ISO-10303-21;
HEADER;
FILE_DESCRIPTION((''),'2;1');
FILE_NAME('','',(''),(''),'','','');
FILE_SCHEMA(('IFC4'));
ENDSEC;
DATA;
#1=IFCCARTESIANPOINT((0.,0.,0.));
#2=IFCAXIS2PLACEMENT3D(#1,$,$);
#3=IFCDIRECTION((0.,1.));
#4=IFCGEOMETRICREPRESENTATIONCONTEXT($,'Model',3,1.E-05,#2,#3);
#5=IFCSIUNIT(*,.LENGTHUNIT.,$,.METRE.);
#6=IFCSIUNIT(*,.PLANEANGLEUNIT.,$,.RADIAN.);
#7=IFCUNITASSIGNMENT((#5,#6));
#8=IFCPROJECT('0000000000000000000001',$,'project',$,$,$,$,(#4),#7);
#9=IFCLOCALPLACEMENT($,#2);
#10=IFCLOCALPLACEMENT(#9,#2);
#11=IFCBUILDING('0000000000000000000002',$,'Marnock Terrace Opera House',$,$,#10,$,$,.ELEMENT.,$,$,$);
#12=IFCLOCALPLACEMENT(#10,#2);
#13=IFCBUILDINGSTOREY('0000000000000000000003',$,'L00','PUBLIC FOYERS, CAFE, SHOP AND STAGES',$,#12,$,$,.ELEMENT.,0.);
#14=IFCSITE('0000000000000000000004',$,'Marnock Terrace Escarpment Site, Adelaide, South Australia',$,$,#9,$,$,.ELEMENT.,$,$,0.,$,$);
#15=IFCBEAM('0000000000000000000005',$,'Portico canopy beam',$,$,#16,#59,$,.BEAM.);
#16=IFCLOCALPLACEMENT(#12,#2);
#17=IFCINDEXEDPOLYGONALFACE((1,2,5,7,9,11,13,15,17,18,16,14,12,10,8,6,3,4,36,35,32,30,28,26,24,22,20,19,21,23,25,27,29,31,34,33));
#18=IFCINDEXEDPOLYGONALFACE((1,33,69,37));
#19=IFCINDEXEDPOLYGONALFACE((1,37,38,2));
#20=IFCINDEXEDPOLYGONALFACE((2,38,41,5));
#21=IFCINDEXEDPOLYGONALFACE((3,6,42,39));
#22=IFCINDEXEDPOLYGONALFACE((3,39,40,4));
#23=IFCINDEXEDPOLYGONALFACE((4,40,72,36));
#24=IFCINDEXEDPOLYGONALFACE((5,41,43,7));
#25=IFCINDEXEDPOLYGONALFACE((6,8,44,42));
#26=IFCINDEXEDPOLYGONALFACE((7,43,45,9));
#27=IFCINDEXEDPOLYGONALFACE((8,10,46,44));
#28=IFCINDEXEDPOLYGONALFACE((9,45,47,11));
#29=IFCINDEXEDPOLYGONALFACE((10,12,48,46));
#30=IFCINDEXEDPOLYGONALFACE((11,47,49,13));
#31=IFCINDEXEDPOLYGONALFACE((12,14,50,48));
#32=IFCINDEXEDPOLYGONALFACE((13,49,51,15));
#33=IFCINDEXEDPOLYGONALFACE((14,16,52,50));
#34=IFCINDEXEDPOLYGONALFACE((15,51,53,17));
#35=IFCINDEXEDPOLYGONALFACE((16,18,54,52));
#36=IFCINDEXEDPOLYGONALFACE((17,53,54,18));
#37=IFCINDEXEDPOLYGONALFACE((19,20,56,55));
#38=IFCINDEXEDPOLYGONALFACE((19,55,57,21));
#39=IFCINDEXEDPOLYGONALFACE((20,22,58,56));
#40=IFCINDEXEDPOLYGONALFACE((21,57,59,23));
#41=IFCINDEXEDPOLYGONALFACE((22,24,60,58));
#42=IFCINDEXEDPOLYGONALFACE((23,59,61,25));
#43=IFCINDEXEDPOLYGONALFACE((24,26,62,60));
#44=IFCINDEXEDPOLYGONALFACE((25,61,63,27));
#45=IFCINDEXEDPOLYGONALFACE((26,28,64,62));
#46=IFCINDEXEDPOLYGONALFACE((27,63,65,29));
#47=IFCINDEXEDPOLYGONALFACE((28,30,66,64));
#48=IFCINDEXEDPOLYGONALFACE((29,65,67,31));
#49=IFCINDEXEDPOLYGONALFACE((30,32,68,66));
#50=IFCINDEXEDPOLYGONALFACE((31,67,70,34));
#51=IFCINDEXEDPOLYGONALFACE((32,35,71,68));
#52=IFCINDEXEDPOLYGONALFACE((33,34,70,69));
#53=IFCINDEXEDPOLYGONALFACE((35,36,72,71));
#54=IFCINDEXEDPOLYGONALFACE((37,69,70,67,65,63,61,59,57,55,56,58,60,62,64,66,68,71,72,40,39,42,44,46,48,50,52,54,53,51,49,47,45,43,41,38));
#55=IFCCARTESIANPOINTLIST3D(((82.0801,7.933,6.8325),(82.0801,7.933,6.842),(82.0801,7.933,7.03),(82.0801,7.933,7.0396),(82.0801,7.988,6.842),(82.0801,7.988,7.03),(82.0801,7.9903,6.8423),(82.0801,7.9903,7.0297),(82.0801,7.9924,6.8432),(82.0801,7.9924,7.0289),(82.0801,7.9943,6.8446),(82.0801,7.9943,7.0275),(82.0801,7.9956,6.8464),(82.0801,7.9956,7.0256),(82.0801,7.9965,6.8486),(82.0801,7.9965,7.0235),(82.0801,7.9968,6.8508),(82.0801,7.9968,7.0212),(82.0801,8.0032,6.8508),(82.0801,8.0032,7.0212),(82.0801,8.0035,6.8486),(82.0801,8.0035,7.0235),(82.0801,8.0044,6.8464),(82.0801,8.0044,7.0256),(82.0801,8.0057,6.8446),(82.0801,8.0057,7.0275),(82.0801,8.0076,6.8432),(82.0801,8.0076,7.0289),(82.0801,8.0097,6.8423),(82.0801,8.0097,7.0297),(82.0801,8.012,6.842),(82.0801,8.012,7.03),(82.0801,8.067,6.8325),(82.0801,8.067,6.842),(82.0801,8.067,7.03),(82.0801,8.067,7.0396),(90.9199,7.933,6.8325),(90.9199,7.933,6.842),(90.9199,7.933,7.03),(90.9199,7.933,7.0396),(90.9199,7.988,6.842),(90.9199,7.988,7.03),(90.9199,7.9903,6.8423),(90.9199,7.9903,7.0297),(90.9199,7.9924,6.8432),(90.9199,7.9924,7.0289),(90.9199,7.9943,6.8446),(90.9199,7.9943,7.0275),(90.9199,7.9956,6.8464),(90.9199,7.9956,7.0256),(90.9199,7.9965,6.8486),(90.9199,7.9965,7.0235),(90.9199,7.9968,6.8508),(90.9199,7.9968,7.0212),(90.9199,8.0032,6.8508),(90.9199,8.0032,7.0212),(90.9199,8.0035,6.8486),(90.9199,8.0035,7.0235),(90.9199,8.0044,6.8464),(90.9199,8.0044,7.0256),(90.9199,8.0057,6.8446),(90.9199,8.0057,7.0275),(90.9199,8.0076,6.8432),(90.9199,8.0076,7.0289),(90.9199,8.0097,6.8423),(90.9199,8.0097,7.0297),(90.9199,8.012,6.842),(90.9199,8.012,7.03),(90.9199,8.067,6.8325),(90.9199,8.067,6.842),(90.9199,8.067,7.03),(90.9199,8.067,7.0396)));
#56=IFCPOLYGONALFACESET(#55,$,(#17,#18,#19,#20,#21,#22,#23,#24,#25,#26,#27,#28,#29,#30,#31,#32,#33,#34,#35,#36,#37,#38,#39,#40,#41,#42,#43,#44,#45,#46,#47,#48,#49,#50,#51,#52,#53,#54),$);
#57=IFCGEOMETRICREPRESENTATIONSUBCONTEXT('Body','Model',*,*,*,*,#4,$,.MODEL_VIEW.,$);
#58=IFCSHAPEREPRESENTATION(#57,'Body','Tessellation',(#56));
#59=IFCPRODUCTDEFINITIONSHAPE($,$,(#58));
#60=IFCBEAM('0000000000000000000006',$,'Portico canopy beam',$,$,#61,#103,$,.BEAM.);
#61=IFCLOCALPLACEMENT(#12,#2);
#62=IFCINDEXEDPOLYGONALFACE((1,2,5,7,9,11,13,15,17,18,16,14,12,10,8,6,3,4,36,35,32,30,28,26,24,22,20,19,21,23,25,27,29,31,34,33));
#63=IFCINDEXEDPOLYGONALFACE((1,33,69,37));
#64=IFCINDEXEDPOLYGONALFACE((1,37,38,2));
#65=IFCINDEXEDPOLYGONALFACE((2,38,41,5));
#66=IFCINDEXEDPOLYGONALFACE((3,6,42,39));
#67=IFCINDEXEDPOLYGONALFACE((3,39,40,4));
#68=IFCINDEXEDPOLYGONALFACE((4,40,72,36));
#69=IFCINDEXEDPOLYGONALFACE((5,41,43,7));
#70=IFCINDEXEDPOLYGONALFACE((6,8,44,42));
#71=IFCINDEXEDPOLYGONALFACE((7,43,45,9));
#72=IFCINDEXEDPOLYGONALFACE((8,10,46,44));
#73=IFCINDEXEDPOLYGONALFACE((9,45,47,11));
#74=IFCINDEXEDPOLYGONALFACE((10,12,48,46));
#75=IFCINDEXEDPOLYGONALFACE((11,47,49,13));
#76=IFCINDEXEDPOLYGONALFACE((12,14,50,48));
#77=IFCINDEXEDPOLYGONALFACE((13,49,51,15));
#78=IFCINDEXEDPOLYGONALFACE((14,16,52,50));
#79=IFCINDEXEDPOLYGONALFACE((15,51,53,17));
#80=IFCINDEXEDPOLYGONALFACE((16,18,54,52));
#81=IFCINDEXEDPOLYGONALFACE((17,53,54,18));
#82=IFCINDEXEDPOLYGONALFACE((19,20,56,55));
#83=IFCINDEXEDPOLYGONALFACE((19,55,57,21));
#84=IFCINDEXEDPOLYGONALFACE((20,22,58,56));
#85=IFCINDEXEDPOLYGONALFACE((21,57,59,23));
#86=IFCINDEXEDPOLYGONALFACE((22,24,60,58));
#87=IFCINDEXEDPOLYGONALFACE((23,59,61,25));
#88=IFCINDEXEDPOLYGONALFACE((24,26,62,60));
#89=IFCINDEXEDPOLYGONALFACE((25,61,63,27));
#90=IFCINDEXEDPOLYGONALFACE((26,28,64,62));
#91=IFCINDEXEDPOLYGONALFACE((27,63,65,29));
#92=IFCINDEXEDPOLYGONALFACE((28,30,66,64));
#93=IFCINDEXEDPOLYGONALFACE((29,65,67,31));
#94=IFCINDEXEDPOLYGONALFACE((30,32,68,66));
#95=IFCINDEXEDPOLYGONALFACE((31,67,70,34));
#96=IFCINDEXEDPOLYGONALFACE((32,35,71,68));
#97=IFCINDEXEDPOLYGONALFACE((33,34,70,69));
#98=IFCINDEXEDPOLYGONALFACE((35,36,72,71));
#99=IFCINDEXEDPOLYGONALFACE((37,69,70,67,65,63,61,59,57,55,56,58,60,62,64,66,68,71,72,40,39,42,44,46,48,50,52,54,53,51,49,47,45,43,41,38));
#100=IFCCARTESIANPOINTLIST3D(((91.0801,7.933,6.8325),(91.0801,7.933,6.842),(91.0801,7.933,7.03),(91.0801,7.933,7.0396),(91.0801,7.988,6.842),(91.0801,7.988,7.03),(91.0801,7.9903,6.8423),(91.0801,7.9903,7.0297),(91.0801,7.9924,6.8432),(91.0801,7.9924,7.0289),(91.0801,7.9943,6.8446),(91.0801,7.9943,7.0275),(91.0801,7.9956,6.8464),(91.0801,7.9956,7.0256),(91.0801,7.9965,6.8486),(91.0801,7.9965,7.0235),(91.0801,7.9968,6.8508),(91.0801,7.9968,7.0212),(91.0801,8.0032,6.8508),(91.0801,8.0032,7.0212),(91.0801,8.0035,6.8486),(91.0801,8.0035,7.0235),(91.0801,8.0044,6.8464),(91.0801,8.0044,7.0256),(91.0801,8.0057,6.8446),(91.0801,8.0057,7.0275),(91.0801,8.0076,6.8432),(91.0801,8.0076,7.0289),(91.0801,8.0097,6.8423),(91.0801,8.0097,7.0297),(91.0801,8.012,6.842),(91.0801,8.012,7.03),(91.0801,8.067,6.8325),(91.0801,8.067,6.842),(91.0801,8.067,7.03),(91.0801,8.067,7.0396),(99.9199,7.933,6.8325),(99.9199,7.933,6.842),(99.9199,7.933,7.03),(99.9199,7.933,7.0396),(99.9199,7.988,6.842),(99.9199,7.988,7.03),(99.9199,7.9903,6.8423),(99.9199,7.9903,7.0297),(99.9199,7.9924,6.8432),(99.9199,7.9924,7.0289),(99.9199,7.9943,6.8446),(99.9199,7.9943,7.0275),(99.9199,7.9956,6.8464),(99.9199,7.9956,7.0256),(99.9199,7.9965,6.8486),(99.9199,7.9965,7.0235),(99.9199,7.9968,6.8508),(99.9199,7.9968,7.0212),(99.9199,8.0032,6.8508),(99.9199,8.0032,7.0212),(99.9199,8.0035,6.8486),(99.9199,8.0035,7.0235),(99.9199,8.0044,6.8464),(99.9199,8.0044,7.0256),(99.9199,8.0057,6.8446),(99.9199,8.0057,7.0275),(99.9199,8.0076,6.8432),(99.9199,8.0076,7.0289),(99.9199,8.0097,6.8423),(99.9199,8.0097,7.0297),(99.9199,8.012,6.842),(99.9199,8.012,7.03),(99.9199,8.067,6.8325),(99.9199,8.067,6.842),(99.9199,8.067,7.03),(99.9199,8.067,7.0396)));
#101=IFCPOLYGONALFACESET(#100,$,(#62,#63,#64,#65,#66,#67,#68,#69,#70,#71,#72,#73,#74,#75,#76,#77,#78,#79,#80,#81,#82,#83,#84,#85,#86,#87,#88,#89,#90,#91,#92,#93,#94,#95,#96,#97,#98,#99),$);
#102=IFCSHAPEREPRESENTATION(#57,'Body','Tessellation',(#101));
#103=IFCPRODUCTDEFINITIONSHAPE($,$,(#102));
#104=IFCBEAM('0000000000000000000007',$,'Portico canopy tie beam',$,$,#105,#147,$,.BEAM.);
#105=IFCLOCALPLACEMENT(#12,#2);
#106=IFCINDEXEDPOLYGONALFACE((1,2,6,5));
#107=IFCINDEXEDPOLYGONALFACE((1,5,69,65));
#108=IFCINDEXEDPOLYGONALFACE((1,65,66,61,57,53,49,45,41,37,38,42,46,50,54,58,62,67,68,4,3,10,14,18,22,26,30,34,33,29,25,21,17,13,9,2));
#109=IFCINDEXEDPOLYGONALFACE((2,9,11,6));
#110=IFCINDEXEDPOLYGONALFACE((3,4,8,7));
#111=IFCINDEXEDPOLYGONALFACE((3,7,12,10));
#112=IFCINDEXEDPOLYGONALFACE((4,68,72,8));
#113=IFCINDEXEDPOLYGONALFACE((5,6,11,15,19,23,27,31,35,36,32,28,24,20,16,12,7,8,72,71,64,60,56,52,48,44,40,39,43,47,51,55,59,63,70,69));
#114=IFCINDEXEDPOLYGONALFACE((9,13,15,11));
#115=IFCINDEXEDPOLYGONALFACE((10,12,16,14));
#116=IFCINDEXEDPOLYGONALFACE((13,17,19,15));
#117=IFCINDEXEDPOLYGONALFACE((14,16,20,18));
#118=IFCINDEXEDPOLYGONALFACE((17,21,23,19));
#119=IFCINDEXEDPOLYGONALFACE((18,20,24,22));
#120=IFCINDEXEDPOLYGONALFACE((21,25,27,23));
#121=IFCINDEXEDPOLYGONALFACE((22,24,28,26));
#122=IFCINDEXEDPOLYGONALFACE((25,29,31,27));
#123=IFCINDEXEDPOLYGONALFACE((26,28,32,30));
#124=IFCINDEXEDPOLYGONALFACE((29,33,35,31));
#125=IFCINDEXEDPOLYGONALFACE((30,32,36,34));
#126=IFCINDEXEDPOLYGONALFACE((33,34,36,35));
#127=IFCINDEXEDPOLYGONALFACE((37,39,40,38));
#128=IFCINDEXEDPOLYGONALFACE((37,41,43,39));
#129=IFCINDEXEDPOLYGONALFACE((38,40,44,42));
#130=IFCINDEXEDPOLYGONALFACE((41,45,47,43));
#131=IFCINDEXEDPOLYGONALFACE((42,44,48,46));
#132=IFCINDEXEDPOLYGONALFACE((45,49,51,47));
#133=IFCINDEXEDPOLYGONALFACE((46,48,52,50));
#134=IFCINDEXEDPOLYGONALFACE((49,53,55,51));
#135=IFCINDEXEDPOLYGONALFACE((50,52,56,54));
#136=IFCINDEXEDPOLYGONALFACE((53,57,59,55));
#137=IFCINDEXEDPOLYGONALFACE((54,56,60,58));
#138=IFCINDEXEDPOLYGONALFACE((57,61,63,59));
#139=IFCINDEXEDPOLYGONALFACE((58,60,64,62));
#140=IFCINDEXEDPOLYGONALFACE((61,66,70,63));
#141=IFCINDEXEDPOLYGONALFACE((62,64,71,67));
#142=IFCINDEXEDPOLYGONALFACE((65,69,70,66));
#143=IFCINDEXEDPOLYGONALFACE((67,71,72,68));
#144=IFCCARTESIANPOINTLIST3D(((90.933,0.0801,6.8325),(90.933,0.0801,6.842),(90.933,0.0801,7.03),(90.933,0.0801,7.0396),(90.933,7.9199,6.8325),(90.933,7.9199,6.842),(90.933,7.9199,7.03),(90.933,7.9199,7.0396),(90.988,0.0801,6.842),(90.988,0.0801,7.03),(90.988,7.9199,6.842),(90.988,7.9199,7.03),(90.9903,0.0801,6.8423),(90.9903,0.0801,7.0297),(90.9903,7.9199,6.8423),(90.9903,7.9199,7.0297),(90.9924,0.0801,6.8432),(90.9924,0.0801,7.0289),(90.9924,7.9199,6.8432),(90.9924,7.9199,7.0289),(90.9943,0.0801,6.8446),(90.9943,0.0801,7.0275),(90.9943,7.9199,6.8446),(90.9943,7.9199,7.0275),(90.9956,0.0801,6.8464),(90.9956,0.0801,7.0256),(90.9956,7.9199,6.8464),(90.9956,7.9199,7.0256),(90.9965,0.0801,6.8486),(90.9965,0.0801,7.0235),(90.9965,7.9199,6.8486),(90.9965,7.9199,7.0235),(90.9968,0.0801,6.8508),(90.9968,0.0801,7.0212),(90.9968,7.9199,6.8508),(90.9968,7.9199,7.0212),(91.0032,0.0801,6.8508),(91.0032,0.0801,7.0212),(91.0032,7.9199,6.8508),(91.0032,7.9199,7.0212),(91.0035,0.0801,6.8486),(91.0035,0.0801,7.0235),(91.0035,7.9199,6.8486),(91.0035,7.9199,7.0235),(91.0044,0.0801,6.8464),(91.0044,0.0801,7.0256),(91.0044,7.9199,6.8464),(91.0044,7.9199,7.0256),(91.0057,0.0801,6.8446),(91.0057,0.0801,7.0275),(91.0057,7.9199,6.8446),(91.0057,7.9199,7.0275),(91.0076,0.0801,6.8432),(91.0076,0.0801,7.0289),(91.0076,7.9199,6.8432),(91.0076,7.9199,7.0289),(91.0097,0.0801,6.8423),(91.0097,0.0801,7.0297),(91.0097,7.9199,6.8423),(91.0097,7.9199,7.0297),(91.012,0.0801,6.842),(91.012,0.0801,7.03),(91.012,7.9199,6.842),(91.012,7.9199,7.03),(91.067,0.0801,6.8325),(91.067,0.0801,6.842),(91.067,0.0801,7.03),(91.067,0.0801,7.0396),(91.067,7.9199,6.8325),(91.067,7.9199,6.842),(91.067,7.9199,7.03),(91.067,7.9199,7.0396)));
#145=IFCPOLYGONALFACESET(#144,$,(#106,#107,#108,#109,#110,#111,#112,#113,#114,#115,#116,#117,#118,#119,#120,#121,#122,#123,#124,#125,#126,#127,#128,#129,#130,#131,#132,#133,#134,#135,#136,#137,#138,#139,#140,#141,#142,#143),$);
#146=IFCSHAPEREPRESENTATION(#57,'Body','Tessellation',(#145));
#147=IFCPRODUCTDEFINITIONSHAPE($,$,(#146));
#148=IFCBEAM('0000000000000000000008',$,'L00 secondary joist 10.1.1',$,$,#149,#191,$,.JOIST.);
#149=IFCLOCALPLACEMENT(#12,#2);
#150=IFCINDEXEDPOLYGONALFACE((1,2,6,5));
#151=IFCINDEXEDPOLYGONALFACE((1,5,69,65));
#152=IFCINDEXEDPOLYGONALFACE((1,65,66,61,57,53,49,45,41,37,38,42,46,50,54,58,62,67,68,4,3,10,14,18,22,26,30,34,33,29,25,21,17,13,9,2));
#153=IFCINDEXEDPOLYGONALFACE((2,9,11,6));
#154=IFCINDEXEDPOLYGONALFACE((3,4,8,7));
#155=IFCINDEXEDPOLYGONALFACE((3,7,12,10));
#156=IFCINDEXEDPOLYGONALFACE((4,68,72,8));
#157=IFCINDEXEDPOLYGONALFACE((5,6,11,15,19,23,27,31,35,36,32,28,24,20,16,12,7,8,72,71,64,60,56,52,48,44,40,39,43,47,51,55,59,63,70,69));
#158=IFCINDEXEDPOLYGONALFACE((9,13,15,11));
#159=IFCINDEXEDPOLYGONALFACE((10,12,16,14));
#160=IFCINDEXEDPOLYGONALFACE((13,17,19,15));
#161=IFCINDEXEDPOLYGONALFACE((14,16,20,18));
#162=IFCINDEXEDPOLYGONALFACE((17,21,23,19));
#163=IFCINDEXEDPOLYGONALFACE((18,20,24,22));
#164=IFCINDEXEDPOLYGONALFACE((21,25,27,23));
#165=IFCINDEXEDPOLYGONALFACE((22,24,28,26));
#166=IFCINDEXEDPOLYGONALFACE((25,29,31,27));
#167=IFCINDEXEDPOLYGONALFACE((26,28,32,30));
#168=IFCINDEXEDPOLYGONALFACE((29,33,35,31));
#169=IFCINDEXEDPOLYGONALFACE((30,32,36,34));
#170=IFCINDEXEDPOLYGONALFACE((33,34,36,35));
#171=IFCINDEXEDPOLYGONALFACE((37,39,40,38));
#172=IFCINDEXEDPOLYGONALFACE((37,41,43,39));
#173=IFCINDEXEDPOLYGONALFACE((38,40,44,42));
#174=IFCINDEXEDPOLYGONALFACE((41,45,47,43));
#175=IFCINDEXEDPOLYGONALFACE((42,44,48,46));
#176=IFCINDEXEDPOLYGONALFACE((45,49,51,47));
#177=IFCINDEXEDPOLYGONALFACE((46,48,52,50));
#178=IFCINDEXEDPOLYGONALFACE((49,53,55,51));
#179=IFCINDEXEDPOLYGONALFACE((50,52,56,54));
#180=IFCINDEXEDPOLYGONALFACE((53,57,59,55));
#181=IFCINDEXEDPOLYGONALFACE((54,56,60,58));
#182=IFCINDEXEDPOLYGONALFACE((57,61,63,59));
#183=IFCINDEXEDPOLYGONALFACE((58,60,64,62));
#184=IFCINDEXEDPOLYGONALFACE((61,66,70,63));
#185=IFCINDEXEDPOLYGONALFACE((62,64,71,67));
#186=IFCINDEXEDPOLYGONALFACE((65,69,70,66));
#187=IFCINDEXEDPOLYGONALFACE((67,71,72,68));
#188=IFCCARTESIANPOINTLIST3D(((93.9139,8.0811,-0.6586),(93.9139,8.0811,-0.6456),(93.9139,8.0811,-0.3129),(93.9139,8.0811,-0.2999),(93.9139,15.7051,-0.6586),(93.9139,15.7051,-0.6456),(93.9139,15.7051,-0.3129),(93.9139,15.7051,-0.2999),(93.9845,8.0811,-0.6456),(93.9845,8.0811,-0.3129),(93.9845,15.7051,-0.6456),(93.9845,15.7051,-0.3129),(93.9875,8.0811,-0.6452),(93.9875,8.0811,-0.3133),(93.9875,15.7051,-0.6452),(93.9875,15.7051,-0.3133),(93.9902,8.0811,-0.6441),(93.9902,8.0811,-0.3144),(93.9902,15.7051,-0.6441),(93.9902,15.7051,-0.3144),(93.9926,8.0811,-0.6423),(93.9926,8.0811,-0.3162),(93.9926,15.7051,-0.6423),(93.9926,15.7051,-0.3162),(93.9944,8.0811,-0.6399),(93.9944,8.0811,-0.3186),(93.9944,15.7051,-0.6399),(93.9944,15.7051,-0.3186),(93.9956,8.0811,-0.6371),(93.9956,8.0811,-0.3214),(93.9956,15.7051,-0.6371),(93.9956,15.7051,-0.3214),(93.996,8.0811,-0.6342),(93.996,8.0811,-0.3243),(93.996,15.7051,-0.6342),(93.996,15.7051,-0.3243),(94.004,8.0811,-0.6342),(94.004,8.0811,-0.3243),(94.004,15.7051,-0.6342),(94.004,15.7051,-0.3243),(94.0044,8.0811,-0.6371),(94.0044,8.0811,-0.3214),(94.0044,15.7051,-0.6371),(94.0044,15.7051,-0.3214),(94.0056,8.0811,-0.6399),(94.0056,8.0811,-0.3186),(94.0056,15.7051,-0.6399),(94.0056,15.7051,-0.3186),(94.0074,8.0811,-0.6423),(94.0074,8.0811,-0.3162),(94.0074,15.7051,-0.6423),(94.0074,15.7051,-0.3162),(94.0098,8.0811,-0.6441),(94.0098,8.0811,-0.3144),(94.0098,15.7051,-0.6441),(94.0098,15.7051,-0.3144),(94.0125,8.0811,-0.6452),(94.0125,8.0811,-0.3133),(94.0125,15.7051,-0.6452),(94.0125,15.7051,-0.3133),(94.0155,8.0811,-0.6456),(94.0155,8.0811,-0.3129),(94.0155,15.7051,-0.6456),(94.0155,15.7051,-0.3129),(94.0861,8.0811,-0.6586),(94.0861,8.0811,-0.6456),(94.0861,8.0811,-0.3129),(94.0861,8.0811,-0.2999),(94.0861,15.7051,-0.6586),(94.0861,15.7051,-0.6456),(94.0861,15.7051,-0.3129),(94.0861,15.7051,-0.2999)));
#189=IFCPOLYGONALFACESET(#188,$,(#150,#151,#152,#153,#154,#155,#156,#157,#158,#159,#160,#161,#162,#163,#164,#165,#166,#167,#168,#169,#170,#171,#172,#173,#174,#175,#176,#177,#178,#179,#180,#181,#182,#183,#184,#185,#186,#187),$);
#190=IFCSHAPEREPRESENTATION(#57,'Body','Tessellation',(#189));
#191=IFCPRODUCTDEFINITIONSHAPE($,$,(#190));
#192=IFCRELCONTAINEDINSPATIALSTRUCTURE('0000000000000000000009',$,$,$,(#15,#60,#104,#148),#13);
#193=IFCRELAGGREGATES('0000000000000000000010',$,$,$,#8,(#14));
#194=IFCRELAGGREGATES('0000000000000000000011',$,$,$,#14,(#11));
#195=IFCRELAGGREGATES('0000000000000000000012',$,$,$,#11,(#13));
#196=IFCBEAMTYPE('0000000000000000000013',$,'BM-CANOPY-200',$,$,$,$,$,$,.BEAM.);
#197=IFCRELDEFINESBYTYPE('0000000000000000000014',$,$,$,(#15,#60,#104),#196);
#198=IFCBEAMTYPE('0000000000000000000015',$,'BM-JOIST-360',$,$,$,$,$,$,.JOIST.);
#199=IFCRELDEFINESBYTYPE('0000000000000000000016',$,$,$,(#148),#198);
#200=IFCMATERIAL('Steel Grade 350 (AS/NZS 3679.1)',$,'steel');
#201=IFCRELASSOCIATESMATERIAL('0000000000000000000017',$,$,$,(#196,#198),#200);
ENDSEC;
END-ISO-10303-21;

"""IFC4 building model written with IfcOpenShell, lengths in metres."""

from ifc_helpers import new_model, si_unit, direction, frame, origin, origin_2d, place, context, subcontext, project, spatial, i_section, extrude, material, material_profile, profile_set, type_object, element, save


model = new_model("IFC4")

# Units and contexts
model_context = context("Model", 3, precision=1e-05, world=origin(), true_north=direction((0.0, 1.0)))
body_context = subcontext(model_context, "Body", "Model", "MODEL_VIEW")
ifc_project = project(units=[si_unit("LENGTHUNIT", "METRE"), si_unit("PLANEANGLEUNIT", "RADIAN")], contexts=[model_context])

# Site, building, storey
site_placement = place(None, origin())
site = spatial("IfcSite", under=ifc_project, at=site_placement, Name="Marnock Terrace Escarpment Site, Adelaide, South Australia", CompositionType="ELEMENT", RefElevation=0.0)
building_placement = place(site_placement, origin())
building = spatial("IfcBuilding", under=site, at=building_placement, Name="Marnock Terrace Opera House", CompositionType="ELEMENT")
storey_placement = place(building_placement, origin())
storey = spatial("IfcBuildingStorey", under=building, at=storey_placement, Name="L00", Description="PUBLIC FOYERS, CAFE, SHOP AND STAGES", CompositionType="ELEMENT", Elevation=0.0)

# Beams
ifc_material_1 = material(Name="Steel Grade 350 (AS/NZS 3679.1)", Category="steel")
ifc_material_profile_1 = material_profile(ifc_material_1, i_section(OverallWidth=0.134, OverallDepth=0.207, WebThickness=0.0063, FlangeThickness=0.0095, FilletRadius=0.0088, at=origin_2d()))
ifc_profile_set_1 = profile_set([ifc_material_profile_1], Name="Steel Grade 350 (AS/NZS 3679.1)")
beam_type_1 = type_object("IfcBeamType", Name="BM-CANOPY-200", PredefinedType="BEAM", material=ifc_profile_set_1)
for number, where, z_axis, x_axis, name in (
    (1, (82.0801, 8.0, 6.936), (1.0, 0.0, 0.0), (0.0, 1.0, 0.0), "Portico canopy beam"),
    (2, (91.0801, 8.0, 6.936), (1.0, 0.0, 0.0), (0.0, 1.0, 0.0), "Portico canopy beam"),
):
    element("IfcBeam", number, at=place(storey_placement, frame(where, z_axis=z_axis, x_axis=x_axis)), inside=storey, type_object=beam_type_1, Name=name, PredefinedType="BEAM", context=body_context, shape_type="SweptSolid", body=[
        extrude(i_section(OverallWidth=0.134, OverallDepth=0.207, WebThickness=0.0063, FlangeThickness=0.0095, FilletRadius=0.0088, at=origin_2d()), origin(), (0.0, 0.0, 1.0), 8.8398),
    ])
beam_1_placement = place(storey_placement, frame((91.0, 0.0801, 6.936), z_axis=(0.0, 1.0, 0.0), x_axis=(-1.0, 0.0, 0.0)))
element("IfcBeam", 3, at=beam_1_placement, inside=storey, type_object=beam_type_1, Name="Portico canopy tie beam", PredefinedType="BEAM", context=body_context, shape_type="SweptSolid", body=[
    extrude(i_section(OverallWidth=0.134, OverallDepth=0.207, WebThickness=0.0063, FlangeThickness=0.0095, FilletRadius=0.0088, at=origin_2d()), origin(), (0.0, 0.0, 1.0), 7.8398),
])
ifc_material_profile_2 = material_profile(ifc_material_1, i_section(OverallWidth=0.1721, OverallDepth=0.3586, WebThickness=0.0081, FlangeThickness=0.0129, FilletRadius=0.0115, at=origin_2d()))
ifc_profile_set_2 = profile_set([ifc_material_profile_2], Name="Steel Grade 350 (AS/NZS 3679.1)")
beam_type_2 = type_object("IfcBeamType", Name="BM-JOIST-360", PredefinedType="JOIST", material=ifc_profile_set_2)
beam_2_placement = place(storey_placement, frame((94.0, 8.0811, -0.4792), z_axis=(0.0, 1.0, 0.0), x_axis=(-1.0, 0.0, 0.0)))
element("IfcBeam", 4, at=beam_2_placement, inside=storey, type_object=beam_type_2, Name="L00 secondary joist 10.1.1", PredefinedType="JOIST", context=body_context, shape_type="SweptSolid", body=[
    extrude(i_section(OverallWidth=0.1721, OverallDepth=0.3586, WebThickness=0.0081, FlangeThickness=0.0129, FilletRadius=0.0115, at=origin_2d()), origin(), (0.0, 0.0, 1.0), 7.624),
])

save(model, "model.ifc")
